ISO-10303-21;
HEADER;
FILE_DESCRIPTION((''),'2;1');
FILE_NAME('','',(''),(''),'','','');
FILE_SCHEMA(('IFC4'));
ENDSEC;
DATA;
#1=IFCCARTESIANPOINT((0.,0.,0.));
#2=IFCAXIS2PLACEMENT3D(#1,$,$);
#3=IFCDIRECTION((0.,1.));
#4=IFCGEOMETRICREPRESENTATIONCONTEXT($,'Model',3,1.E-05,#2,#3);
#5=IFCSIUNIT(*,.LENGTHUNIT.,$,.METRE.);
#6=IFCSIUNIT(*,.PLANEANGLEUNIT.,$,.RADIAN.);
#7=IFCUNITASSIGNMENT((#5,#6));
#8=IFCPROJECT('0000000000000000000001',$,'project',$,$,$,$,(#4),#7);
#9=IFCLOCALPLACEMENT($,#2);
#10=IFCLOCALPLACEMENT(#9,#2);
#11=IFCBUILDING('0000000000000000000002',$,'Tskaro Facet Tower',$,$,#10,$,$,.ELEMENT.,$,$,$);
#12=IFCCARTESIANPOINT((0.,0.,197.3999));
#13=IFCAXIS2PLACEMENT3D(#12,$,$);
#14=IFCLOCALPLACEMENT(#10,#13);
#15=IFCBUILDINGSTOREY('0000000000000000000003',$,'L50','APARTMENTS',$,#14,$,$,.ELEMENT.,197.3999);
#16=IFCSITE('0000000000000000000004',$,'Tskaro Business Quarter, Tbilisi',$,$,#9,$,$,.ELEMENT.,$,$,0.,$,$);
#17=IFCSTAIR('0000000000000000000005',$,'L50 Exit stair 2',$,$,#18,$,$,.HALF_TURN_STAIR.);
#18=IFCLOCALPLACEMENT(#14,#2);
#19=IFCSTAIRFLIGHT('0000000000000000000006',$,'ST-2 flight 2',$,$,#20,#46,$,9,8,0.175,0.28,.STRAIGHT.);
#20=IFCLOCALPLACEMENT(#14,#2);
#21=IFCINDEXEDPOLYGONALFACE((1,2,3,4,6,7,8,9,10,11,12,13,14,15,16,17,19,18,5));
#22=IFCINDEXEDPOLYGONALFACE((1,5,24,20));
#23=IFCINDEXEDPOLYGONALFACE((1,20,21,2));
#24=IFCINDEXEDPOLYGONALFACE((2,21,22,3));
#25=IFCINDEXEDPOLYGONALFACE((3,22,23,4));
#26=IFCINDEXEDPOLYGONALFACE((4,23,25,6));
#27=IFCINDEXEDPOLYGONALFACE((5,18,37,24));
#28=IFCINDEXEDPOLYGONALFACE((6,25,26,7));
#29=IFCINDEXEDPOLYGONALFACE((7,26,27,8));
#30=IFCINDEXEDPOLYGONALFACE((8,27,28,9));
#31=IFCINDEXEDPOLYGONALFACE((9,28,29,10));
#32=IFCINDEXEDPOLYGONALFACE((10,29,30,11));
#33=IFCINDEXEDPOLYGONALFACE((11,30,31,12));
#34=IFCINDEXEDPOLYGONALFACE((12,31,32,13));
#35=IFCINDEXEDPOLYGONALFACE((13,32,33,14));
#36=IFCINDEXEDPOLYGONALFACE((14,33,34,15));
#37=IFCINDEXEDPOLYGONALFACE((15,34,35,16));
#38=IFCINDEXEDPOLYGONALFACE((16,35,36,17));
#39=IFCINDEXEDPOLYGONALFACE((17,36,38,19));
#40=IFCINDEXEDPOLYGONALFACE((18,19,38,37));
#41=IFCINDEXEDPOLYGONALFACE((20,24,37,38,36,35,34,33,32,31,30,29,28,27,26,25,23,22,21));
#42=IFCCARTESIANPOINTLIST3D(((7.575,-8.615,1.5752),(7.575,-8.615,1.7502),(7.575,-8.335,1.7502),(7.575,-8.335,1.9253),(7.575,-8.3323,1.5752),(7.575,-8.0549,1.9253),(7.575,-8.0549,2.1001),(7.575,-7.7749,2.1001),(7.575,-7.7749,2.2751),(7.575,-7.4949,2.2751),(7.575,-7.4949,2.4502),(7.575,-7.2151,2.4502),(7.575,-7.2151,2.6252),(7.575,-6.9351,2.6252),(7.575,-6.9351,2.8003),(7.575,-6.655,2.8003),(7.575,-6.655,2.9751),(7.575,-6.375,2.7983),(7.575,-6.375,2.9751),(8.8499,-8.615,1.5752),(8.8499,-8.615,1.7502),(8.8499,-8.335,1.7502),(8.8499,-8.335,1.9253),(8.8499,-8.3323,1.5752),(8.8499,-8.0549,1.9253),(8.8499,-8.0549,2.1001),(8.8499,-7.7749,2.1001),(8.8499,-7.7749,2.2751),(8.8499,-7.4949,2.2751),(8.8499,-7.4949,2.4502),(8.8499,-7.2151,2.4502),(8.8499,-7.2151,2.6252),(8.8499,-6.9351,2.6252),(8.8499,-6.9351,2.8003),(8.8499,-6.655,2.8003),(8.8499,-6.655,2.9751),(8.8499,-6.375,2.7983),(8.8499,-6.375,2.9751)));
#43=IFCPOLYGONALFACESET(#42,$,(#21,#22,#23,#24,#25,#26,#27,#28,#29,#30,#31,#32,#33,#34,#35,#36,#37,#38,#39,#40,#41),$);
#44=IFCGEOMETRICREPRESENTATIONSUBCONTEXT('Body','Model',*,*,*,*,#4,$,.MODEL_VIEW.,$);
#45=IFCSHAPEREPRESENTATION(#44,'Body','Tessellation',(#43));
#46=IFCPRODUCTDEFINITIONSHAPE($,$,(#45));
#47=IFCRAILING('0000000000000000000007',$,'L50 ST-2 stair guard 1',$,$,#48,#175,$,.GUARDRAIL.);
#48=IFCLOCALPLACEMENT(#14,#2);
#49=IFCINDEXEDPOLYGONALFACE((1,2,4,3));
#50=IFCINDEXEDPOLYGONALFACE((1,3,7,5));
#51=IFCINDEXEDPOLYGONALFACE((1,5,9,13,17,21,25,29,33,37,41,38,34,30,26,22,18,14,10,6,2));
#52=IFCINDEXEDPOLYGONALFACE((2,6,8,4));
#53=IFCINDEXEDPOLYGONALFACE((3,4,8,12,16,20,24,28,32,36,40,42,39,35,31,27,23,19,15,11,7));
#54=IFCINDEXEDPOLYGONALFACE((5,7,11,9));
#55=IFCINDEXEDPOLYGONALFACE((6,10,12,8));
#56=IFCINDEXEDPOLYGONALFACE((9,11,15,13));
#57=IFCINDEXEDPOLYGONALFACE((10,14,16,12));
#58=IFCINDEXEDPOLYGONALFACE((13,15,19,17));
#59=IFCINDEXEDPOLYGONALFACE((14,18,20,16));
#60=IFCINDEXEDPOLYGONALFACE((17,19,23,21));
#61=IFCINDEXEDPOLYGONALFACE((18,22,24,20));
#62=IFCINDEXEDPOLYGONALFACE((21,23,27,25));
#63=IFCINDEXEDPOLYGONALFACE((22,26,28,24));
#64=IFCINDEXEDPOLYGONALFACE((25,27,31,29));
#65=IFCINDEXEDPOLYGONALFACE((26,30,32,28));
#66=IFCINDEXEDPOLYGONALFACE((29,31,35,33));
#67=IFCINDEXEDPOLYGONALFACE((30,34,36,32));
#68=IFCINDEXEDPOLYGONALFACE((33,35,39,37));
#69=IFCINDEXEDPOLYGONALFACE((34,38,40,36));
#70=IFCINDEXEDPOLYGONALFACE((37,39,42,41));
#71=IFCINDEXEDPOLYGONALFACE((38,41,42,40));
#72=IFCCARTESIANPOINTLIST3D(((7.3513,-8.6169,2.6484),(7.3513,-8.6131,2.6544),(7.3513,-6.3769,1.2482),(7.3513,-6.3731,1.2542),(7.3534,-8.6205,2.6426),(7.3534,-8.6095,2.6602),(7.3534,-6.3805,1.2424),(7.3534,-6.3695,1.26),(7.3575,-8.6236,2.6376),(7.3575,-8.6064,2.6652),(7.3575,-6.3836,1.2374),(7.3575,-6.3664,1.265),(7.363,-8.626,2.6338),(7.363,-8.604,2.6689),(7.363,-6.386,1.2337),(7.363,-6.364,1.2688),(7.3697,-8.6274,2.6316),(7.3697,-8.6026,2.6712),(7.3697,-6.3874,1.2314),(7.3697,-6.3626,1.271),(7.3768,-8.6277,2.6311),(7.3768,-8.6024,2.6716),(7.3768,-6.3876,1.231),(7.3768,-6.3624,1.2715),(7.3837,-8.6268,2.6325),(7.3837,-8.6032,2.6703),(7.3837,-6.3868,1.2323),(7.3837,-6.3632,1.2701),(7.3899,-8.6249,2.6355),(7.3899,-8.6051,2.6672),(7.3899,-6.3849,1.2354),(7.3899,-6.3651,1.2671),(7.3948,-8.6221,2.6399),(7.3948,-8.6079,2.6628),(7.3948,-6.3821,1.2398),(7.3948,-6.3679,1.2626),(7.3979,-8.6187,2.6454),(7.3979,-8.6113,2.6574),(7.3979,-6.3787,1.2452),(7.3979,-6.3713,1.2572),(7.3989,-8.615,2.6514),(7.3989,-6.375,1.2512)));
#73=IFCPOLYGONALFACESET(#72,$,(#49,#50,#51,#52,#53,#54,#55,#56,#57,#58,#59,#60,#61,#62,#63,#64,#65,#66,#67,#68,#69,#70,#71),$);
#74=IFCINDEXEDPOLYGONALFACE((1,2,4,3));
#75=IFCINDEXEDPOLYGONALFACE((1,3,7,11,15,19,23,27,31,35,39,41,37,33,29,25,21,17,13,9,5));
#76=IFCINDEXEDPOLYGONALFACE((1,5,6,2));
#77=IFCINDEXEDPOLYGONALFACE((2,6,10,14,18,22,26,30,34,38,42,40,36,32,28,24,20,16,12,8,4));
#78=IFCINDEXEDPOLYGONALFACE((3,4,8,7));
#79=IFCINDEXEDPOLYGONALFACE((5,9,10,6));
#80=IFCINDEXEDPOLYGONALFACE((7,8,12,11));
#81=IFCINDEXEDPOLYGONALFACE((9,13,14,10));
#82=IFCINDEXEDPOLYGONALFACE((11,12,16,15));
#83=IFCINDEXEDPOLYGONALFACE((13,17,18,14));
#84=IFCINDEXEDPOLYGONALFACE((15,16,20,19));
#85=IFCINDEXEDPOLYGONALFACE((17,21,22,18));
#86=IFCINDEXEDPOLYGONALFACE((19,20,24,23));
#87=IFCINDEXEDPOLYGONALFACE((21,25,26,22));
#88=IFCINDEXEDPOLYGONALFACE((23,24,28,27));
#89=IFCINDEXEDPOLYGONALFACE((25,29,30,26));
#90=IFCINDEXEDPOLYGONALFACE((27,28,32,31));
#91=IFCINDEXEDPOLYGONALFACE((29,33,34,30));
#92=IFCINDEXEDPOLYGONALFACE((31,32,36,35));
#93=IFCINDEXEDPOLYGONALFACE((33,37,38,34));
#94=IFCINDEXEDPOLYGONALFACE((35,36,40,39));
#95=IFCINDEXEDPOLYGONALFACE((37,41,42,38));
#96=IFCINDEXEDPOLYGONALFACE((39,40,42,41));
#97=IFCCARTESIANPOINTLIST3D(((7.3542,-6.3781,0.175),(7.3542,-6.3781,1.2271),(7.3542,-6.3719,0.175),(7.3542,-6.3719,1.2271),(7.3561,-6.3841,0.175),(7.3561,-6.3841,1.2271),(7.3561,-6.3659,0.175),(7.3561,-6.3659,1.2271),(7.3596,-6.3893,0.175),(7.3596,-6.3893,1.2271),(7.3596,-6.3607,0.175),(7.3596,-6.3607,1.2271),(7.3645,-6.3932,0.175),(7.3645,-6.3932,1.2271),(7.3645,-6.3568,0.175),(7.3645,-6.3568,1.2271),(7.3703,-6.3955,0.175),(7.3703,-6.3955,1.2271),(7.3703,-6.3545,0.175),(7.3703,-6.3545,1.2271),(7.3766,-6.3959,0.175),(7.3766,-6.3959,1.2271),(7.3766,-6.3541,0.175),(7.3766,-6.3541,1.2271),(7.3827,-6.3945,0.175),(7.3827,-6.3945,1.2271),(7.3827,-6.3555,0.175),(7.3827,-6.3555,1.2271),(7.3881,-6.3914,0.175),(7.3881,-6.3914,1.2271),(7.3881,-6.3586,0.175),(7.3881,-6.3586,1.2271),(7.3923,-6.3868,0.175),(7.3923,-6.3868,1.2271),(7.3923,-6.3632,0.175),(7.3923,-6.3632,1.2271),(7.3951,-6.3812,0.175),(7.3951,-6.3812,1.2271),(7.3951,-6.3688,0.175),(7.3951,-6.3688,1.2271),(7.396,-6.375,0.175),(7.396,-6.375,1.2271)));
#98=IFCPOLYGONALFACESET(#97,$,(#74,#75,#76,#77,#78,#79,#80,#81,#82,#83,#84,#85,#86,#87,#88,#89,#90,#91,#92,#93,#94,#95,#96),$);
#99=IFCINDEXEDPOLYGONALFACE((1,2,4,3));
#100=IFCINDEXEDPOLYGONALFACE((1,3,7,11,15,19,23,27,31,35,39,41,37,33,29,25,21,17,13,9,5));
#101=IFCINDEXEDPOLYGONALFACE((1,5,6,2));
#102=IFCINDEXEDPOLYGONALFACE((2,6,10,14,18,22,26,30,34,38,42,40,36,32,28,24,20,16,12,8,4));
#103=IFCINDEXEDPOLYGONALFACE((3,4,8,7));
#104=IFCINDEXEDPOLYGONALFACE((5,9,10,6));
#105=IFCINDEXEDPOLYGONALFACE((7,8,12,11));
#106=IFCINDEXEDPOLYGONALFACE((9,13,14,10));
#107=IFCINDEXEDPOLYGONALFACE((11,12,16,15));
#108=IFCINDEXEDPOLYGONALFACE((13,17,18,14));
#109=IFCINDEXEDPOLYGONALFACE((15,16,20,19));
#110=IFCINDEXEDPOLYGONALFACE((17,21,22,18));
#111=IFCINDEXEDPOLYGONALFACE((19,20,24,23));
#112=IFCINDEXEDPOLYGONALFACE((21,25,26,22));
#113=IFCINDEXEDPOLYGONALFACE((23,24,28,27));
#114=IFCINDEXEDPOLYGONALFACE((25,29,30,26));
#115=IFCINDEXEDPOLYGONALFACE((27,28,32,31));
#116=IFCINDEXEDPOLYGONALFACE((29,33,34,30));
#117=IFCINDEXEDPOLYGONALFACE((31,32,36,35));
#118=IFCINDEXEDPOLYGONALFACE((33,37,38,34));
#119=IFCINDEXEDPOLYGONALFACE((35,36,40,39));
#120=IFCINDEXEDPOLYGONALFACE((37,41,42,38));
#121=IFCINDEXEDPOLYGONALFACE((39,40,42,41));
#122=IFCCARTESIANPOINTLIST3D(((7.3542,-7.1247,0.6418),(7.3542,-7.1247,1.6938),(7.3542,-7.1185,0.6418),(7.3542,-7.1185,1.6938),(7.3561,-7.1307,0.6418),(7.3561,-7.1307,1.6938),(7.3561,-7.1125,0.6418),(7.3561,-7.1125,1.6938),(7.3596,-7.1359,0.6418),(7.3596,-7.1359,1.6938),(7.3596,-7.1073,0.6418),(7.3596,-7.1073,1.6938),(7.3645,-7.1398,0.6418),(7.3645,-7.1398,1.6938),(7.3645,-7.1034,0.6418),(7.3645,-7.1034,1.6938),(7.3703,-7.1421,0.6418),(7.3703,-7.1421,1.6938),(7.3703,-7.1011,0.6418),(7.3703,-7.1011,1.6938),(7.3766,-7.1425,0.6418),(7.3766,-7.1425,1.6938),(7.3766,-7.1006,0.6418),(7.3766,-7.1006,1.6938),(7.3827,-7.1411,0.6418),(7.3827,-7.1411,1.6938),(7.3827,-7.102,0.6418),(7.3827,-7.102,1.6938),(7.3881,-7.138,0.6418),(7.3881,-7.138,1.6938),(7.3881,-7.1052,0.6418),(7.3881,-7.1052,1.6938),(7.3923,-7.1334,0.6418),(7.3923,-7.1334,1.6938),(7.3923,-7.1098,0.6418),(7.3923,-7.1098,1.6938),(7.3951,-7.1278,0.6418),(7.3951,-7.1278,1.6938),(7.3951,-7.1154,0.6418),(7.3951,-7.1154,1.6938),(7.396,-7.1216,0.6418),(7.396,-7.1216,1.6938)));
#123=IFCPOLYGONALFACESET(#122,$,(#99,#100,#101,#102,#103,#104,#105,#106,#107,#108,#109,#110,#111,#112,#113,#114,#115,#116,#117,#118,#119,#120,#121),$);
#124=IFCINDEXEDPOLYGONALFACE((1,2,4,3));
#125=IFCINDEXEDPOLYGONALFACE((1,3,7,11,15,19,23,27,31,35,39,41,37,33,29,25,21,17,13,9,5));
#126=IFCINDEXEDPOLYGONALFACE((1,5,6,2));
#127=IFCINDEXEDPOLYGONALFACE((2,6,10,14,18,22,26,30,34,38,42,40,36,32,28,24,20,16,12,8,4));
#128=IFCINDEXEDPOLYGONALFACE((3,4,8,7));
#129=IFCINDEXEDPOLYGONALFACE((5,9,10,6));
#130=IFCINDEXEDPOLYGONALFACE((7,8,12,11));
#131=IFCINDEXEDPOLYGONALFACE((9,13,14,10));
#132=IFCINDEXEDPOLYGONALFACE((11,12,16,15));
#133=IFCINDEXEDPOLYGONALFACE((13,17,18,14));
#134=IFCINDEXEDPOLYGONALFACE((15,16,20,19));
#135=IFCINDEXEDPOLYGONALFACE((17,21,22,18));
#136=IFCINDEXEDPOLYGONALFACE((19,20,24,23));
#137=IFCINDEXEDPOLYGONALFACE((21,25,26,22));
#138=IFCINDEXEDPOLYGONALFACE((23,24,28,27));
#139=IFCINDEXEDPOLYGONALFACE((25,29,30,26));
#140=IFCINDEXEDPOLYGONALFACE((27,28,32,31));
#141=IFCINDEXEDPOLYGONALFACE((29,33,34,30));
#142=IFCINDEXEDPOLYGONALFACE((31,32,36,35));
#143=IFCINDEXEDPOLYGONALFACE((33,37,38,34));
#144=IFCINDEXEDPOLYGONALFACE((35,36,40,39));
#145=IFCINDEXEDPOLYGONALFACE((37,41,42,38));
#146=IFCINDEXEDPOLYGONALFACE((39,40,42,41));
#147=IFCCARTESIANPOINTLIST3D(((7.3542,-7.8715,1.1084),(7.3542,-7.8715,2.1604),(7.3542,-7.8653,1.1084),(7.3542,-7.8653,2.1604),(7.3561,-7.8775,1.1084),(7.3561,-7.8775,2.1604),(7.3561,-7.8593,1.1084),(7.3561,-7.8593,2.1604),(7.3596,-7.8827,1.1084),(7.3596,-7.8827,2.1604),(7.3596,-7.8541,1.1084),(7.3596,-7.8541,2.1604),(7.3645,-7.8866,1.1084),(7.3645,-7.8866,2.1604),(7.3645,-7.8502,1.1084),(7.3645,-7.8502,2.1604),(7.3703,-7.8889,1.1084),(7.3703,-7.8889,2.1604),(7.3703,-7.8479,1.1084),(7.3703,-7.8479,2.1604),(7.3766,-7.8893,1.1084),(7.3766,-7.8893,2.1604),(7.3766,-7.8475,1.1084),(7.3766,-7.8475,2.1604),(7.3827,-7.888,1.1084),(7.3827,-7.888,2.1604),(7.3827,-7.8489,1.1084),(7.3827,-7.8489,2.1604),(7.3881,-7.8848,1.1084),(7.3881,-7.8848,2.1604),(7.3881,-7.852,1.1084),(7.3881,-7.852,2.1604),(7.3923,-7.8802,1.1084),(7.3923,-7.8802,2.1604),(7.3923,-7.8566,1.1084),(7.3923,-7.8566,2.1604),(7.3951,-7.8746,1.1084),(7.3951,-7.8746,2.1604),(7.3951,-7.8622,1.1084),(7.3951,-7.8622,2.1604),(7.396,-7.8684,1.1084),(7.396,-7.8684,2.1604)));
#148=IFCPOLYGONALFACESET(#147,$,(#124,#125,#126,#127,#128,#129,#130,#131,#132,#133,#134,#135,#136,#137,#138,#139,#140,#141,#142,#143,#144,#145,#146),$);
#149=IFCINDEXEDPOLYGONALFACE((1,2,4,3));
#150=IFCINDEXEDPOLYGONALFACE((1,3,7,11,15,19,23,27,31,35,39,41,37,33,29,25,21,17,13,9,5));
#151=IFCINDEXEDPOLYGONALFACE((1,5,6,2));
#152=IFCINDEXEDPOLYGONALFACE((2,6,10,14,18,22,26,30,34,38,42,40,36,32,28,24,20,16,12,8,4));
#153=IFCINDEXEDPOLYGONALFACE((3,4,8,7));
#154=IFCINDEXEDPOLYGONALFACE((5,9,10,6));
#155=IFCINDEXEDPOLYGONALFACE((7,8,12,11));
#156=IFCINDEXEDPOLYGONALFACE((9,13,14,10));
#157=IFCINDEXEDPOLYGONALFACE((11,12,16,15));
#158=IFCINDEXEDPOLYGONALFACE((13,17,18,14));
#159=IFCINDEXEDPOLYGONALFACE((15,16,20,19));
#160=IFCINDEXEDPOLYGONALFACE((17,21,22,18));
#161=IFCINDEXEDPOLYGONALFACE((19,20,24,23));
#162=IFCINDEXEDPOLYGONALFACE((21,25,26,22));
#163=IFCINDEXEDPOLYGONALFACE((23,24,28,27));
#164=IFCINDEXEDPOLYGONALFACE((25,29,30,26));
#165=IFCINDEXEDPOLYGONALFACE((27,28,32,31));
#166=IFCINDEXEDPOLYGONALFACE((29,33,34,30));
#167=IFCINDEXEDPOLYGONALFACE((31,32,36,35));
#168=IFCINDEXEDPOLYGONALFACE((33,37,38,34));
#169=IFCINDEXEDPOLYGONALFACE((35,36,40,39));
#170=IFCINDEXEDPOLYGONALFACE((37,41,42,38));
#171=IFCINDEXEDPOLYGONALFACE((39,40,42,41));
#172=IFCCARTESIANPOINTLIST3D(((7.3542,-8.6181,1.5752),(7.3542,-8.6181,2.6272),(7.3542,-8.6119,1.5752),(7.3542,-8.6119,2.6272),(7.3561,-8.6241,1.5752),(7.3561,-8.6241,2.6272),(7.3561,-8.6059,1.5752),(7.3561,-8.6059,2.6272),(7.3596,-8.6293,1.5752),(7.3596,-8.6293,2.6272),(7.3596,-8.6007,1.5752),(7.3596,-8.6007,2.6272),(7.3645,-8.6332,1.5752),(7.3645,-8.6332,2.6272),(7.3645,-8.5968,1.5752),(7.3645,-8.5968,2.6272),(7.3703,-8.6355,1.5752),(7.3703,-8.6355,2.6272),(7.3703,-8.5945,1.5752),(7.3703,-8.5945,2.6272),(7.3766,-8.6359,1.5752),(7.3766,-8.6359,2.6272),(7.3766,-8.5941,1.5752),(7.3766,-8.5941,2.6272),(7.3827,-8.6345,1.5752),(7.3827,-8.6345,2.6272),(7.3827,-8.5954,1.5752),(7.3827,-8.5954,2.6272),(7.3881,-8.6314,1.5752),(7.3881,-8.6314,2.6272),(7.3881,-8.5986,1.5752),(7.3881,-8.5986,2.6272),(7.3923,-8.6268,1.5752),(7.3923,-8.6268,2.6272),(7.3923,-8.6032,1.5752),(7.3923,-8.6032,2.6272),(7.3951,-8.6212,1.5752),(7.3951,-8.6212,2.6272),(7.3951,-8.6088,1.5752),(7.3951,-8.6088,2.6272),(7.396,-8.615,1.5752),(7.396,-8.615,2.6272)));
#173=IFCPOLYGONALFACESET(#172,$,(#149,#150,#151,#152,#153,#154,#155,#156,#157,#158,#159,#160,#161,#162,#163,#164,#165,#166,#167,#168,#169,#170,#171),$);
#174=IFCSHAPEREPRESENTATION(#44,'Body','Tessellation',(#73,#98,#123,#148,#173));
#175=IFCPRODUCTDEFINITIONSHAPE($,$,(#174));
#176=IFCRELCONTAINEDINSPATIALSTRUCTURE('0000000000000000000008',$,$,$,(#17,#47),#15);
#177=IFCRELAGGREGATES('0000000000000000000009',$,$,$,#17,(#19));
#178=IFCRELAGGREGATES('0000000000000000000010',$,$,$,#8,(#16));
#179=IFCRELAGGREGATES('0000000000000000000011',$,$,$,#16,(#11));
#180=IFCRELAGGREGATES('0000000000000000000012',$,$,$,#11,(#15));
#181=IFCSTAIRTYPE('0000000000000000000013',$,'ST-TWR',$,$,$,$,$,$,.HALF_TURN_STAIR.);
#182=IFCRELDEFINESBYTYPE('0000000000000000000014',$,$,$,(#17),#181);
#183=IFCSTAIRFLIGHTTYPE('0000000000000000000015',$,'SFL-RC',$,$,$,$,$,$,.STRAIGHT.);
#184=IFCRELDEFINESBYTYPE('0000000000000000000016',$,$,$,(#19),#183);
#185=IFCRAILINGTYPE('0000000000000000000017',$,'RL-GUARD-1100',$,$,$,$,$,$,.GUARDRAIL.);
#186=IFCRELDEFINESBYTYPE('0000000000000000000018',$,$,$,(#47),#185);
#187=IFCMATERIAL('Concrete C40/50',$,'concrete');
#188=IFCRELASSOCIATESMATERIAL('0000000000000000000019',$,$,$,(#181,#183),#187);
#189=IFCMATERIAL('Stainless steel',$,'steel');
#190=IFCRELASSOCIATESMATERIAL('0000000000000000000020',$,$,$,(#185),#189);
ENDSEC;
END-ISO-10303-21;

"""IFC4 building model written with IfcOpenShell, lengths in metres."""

from ifc_helpers import new_model, si_unit, direction, frame, origin, origin_2d, place, context, subcontext, project, spatial, polyline, circle, outline, extrude, material, type_object, element, aggregate, save


model = new_model("IFC4")

# Units and contexts
model_context = context("Model", 3, precision=1e-05, world=origin(), true_north=direction((0.0, 1.0)))
body_context = subcontext(model_context, "Body", "Model", "MODEL_VIEW")
ifc_project = project(units=[si_unit("LENGTHUNIT", "METRE"), si_unit("PLANEANGLEUNIT", "RADIAN")], contexts=[model_context])

# Site, building, storey
site_placement = place(None, origin())
site = spatial("IfcSite", under=ifc_project, at=site_placement, Name="Tskaro Business Quarter, Tbilisi", CompositionType="ELEMENT", RefElevation=0.0)
building_placement = place(site_placement, origin())
building = spatial("IfcBuilding", under=site, at=building_placement, Name="Tskaro Facet Tower", CompositionType="ELEMENT")
storey_placement = place(building_placement, frame((0.0, 0.0, 197.3999)))
storey = spatial("IfcBuildingStorey", under=building, at=storey_placement, Name="L50", Description="APARTMENTS", CompositionType="ELEMENT", Elevation=197.3999)

# Shared definitions
ifc_material_1 = material(Name="Stainless steel", Category="steel")

# Stair, stair flight
ifc_material_2 = material(Name="Concrete C40/50", Category="concrete")
stair_type = type_object("IfcStairType", Name="ST-TWR", PredefinedType="HALF_TURN_STAIR", material=ifc_material_2)
stair_placement = place(storey_placement, origin())
stair = element("IfcStair", 1, at=stair_placement, inside=storey, type_object=stair_type, Name="L50 Exit stair 2", PredefinedType="HALF_TURN_STAIR")
stair_flight_type = type_object("IfcStairFlightType", Name="SFL-RC", PredefinedType="STRAIGHT", material=ifc_material_2)
stair_flight_1_placement = place(storey_placement, frame((8.2124, -8.615, 1.5752), z_axis=(0.0, 0.0, 1.0), x_axis=(0.0, 1.0, 0.0)))
stair_flight_1 = element("IfcStairFlight", 2, at=stair_flight_1_placement, type_object=stair_flight_type, Name="ST-2 flight 2", NumberOfRisers=9, NumberOfTreads=8, PredefinedType="STRAIGHT", RiserHeight=0.175, TreadLength=0.28, context=body_context, shape_type="SweptSolid", body=[
    extrude(outline(polyline([(0.0, 0.0), (0.0, 0.175), (0.28, 0.175), (0.28, 0.3501), (0.5601, 0.3501), (0.5601, 0.5249), (0.8401, 0.5249), (0.8401, 0.7), (1.1201, 0.7), (1.1201, 0.875), (1.3999, 0.875), (1.3999, 1.05), (1.6799, 1.05), (1.6799, 1.2251), (1.96, 1.2251), (1.96, 1.3999), (2.24, 1.3999), (2.24, 1.575), (2.24, 1.2231), (0.2827, 0.0), (0.0, 0.0)])), frame((0.0, 0.6375, 0.0), z_axis=(0.0, -1.0, 0.0), x_axis=(1.0, 0.0, 0.0)), (0.0, 0.0, 1.0), 1.2749),
])
aggregate(stair, [stair_flight_1])

# Railing
railing_type_1 = type_object("IfcRailingType", Name="RL-GUARD-1100", PredefinedType="GUARDRAIL", material=ifc_material_1)
railing_1_placement = place(storey_placement, frame((7.375, -6.375, 0.175)))
element("IfcRailing", 3, at=railing_1_placement, inside=storey, type_object=railing_type_1, Name="L50 ST-2 stair guard 1", PredefinedType="GUARDRAIL", context=body_context, shape_type="SweptSolid", body=[
    extrude(circle(Radius=0.0239, at=origin_2d()), frame((0.0, 0.0, 1.0762), z_axis=(0.0, -0.847972, 0.53004), x_axis=(1.0, 0.0, 0.0)), (0.0, 0.0, 1.0), 2.6416),
    extrude(circle(Radius=0.021, at=origin_2d()), origin(), (0.0, 0.0, 1.0), 1.052),
    extrude(circle(Radius=0.021, at=origin_2d()), frame((0.0, -0.7466, 0.4668)), (0.0, 0.0, 1.0), 1.052),
    extrude(circle(Radius=0.021, at=origin_2d()), frame((0.0, -1.4934, 0.9333)), (0.0, 0.0, 1.0), 1.052),
    extrude(circle(Radius=0.021, at=origin_2d()), frame((0.0, -2.24, 1.4001)), (0.0, 0.0, 1.0), 1.052),
])

save(model, "model.ifc")
